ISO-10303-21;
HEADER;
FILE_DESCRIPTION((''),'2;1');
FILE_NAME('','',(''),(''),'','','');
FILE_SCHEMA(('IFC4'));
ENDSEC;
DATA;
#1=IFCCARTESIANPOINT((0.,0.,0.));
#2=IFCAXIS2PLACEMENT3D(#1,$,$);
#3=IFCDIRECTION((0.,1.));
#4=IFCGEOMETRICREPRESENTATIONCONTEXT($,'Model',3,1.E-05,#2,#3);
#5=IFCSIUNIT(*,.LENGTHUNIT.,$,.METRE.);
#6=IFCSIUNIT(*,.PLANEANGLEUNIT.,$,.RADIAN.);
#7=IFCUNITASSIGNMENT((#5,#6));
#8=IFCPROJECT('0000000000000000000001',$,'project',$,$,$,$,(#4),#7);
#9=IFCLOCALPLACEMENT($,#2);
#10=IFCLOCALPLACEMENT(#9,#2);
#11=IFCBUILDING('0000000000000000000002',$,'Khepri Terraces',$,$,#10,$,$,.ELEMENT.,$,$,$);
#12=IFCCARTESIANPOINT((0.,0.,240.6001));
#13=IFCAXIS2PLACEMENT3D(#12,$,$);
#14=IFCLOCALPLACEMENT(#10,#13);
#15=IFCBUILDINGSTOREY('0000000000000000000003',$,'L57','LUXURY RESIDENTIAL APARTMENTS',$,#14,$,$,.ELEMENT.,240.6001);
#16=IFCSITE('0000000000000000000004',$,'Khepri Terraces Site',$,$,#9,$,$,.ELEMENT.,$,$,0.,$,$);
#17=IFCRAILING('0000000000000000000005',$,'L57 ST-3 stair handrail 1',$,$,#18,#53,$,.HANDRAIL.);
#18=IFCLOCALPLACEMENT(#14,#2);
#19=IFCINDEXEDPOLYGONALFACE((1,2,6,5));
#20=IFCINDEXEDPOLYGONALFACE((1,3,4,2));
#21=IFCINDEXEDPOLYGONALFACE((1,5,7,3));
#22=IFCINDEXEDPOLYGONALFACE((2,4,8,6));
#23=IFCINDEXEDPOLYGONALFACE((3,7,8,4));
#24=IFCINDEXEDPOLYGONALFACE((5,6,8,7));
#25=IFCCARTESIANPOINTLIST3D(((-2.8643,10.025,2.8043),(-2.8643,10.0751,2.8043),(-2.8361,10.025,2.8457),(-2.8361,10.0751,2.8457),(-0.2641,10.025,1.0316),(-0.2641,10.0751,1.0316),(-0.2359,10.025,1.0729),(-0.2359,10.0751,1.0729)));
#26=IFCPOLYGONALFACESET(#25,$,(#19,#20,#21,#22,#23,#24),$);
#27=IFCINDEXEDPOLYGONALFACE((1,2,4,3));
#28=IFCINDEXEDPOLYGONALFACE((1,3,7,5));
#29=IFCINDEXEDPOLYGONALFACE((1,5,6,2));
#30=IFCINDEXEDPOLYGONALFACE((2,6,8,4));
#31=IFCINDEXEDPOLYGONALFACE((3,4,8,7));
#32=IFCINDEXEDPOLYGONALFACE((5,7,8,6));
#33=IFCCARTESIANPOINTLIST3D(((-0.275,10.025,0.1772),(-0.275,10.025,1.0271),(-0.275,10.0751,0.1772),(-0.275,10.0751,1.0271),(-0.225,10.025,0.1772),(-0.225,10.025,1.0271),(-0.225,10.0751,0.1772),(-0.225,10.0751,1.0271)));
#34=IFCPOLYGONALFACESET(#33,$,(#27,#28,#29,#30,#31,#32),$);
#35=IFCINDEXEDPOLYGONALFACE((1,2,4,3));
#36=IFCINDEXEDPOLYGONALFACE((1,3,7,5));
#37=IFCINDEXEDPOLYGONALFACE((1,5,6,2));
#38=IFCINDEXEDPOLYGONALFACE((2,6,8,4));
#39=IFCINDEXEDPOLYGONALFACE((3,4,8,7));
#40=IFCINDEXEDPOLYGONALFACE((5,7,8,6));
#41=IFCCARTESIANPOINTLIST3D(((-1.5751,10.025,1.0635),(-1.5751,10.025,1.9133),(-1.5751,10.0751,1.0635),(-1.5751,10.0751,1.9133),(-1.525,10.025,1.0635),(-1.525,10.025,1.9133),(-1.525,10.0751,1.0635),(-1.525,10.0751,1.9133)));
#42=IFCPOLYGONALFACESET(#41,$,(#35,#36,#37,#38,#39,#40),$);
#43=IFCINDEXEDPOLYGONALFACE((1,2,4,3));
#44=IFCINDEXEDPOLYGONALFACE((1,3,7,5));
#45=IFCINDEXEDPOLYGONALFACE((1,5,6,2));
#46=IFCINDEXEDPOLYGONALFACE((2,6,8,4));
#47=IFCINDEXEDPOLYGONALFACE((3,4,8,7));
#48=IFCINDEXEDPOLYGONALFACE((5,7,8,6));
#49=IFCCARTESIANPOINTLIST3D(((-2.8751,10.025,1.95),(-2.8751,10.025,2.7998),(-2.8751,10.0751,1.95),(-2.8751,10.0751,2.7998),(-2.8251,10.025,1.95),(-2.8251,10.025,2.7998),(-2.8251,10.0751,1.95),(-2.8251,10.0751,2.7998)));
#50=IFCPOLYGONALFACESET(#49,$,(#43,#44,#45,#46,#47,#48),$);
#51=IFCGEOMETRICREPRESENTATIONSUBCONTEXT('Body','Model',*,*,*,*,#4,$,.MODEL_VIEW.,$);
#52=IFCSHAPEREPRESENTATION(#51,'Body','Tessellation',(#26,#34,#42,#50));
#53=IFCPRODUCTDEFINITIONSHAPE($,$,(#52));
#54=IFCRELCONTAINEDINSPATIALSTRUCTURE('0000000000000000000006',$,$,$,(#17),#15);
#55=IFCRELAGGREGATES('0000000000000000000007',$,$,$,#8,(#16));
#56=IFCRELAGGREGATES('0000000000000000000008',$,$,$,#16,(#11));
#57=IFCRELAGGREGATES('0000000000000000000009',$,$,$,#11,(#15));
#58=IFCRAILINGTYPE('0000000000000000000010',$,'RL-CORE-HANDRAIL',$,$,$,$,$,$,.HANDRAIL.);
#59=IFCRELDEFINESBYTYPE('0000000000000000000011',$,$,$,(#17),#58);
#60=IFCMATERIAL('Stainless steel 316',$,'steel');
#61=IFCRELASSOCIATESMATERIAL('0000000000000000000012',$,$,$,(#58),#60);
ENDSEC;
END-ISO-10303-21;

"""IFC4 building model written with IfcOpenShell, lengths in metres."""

from ifc_helpers import new_model, si_unit, direction, frame, origin, origin_2d, place, context, subcontext, project, spatial, rectangle, extrude, material, type_object, element, save


model = new_model("IFC4")

# Units and contexts
model_context = context("Model", 3, precision=1e-05, world=origin(), true_north=direction((0.0, 1.0)))
body_context = subcontext(model_context, "Body", "Model", "MODEL_VIEW")
ifc_project = project(units=[si_unit("LENGTHUNIT", "METRE"), si_unit("PLANEANGLEUNIT", "RADIAN")], contexts=[model_context])

# Site, building, storey
site_placement = place(None, origin())
site = spatial("IfcSite", under=ifc_project, at=site_placement, Name="Khepri Terraces Site", CompositionType="ELEMENT", RefElevation=0.0)
building_placement = place(site_placement, origin())
building = spatial("IfcBuilding", under=site, at=building_placement, Name="Khepri Terraces", CompositionType="ELEMENT")
storey_placement = place(building_placement, frame((0.0, 0.0, 240.6001)))
storey = spatial("IfcBuildingStorey", under=building, at=storey_placement, Name="L57", Description="LUXURY RESIDENTIAL APARTMENTS", CompositionType="ELEMENT", Elevation=240.6001)

# Railing
ifc_material_1 = material(Name="Stainless steel 316", Category="steel")
railing_type_1 = type_object("IfcRailingType", Name="RL-CORE-HANDRAIL", PredefinedType="HANDRAIL", material=ifc_material_1)
railing_1_placement = place(storey_placement, frame((-0.25, 10.05, 0.1772)))
element("IfcRailing", 1, at=railing_1_placement, inside=storey, type_object=railing_type_1, Name="L57 ST-3 stair handrail 1", PredefinedType="HANDRAIL", context=body_context, shape_type="SweptSolid", body=[
    extrude(rectangle(XDim=0.05, YDim=0.05, at=origin_2d()), frame((0.0, 0.0, 0.875), z_axis=(-0.82624, 0.0, 0.563318), x_axis=(0.0, -1.0, 0.0)), (0.0, 0.0, 1.0), 3.147),
    extrude(rectangle(XDim=0.05, YDim=0.05, at=origin_2d()), origin(), (0.0, 0.0, 1.0), 0.8499),
    extrude(rectangle(XDim=0.05, YDim=0.05, at=origin_2d()), frame((-1.3, 0.0, 0.8862)), (0.0, 0.0, 1.0), 0.8499),
    extrude(rectangle(XDim=0.05, YDim=0.05, at=origin_2d()), frame((-2.6001, 0.0, 1.7727)), (0.0, 0.0, 1.0), 0.8499),
])

save(model, "model.ifc")
